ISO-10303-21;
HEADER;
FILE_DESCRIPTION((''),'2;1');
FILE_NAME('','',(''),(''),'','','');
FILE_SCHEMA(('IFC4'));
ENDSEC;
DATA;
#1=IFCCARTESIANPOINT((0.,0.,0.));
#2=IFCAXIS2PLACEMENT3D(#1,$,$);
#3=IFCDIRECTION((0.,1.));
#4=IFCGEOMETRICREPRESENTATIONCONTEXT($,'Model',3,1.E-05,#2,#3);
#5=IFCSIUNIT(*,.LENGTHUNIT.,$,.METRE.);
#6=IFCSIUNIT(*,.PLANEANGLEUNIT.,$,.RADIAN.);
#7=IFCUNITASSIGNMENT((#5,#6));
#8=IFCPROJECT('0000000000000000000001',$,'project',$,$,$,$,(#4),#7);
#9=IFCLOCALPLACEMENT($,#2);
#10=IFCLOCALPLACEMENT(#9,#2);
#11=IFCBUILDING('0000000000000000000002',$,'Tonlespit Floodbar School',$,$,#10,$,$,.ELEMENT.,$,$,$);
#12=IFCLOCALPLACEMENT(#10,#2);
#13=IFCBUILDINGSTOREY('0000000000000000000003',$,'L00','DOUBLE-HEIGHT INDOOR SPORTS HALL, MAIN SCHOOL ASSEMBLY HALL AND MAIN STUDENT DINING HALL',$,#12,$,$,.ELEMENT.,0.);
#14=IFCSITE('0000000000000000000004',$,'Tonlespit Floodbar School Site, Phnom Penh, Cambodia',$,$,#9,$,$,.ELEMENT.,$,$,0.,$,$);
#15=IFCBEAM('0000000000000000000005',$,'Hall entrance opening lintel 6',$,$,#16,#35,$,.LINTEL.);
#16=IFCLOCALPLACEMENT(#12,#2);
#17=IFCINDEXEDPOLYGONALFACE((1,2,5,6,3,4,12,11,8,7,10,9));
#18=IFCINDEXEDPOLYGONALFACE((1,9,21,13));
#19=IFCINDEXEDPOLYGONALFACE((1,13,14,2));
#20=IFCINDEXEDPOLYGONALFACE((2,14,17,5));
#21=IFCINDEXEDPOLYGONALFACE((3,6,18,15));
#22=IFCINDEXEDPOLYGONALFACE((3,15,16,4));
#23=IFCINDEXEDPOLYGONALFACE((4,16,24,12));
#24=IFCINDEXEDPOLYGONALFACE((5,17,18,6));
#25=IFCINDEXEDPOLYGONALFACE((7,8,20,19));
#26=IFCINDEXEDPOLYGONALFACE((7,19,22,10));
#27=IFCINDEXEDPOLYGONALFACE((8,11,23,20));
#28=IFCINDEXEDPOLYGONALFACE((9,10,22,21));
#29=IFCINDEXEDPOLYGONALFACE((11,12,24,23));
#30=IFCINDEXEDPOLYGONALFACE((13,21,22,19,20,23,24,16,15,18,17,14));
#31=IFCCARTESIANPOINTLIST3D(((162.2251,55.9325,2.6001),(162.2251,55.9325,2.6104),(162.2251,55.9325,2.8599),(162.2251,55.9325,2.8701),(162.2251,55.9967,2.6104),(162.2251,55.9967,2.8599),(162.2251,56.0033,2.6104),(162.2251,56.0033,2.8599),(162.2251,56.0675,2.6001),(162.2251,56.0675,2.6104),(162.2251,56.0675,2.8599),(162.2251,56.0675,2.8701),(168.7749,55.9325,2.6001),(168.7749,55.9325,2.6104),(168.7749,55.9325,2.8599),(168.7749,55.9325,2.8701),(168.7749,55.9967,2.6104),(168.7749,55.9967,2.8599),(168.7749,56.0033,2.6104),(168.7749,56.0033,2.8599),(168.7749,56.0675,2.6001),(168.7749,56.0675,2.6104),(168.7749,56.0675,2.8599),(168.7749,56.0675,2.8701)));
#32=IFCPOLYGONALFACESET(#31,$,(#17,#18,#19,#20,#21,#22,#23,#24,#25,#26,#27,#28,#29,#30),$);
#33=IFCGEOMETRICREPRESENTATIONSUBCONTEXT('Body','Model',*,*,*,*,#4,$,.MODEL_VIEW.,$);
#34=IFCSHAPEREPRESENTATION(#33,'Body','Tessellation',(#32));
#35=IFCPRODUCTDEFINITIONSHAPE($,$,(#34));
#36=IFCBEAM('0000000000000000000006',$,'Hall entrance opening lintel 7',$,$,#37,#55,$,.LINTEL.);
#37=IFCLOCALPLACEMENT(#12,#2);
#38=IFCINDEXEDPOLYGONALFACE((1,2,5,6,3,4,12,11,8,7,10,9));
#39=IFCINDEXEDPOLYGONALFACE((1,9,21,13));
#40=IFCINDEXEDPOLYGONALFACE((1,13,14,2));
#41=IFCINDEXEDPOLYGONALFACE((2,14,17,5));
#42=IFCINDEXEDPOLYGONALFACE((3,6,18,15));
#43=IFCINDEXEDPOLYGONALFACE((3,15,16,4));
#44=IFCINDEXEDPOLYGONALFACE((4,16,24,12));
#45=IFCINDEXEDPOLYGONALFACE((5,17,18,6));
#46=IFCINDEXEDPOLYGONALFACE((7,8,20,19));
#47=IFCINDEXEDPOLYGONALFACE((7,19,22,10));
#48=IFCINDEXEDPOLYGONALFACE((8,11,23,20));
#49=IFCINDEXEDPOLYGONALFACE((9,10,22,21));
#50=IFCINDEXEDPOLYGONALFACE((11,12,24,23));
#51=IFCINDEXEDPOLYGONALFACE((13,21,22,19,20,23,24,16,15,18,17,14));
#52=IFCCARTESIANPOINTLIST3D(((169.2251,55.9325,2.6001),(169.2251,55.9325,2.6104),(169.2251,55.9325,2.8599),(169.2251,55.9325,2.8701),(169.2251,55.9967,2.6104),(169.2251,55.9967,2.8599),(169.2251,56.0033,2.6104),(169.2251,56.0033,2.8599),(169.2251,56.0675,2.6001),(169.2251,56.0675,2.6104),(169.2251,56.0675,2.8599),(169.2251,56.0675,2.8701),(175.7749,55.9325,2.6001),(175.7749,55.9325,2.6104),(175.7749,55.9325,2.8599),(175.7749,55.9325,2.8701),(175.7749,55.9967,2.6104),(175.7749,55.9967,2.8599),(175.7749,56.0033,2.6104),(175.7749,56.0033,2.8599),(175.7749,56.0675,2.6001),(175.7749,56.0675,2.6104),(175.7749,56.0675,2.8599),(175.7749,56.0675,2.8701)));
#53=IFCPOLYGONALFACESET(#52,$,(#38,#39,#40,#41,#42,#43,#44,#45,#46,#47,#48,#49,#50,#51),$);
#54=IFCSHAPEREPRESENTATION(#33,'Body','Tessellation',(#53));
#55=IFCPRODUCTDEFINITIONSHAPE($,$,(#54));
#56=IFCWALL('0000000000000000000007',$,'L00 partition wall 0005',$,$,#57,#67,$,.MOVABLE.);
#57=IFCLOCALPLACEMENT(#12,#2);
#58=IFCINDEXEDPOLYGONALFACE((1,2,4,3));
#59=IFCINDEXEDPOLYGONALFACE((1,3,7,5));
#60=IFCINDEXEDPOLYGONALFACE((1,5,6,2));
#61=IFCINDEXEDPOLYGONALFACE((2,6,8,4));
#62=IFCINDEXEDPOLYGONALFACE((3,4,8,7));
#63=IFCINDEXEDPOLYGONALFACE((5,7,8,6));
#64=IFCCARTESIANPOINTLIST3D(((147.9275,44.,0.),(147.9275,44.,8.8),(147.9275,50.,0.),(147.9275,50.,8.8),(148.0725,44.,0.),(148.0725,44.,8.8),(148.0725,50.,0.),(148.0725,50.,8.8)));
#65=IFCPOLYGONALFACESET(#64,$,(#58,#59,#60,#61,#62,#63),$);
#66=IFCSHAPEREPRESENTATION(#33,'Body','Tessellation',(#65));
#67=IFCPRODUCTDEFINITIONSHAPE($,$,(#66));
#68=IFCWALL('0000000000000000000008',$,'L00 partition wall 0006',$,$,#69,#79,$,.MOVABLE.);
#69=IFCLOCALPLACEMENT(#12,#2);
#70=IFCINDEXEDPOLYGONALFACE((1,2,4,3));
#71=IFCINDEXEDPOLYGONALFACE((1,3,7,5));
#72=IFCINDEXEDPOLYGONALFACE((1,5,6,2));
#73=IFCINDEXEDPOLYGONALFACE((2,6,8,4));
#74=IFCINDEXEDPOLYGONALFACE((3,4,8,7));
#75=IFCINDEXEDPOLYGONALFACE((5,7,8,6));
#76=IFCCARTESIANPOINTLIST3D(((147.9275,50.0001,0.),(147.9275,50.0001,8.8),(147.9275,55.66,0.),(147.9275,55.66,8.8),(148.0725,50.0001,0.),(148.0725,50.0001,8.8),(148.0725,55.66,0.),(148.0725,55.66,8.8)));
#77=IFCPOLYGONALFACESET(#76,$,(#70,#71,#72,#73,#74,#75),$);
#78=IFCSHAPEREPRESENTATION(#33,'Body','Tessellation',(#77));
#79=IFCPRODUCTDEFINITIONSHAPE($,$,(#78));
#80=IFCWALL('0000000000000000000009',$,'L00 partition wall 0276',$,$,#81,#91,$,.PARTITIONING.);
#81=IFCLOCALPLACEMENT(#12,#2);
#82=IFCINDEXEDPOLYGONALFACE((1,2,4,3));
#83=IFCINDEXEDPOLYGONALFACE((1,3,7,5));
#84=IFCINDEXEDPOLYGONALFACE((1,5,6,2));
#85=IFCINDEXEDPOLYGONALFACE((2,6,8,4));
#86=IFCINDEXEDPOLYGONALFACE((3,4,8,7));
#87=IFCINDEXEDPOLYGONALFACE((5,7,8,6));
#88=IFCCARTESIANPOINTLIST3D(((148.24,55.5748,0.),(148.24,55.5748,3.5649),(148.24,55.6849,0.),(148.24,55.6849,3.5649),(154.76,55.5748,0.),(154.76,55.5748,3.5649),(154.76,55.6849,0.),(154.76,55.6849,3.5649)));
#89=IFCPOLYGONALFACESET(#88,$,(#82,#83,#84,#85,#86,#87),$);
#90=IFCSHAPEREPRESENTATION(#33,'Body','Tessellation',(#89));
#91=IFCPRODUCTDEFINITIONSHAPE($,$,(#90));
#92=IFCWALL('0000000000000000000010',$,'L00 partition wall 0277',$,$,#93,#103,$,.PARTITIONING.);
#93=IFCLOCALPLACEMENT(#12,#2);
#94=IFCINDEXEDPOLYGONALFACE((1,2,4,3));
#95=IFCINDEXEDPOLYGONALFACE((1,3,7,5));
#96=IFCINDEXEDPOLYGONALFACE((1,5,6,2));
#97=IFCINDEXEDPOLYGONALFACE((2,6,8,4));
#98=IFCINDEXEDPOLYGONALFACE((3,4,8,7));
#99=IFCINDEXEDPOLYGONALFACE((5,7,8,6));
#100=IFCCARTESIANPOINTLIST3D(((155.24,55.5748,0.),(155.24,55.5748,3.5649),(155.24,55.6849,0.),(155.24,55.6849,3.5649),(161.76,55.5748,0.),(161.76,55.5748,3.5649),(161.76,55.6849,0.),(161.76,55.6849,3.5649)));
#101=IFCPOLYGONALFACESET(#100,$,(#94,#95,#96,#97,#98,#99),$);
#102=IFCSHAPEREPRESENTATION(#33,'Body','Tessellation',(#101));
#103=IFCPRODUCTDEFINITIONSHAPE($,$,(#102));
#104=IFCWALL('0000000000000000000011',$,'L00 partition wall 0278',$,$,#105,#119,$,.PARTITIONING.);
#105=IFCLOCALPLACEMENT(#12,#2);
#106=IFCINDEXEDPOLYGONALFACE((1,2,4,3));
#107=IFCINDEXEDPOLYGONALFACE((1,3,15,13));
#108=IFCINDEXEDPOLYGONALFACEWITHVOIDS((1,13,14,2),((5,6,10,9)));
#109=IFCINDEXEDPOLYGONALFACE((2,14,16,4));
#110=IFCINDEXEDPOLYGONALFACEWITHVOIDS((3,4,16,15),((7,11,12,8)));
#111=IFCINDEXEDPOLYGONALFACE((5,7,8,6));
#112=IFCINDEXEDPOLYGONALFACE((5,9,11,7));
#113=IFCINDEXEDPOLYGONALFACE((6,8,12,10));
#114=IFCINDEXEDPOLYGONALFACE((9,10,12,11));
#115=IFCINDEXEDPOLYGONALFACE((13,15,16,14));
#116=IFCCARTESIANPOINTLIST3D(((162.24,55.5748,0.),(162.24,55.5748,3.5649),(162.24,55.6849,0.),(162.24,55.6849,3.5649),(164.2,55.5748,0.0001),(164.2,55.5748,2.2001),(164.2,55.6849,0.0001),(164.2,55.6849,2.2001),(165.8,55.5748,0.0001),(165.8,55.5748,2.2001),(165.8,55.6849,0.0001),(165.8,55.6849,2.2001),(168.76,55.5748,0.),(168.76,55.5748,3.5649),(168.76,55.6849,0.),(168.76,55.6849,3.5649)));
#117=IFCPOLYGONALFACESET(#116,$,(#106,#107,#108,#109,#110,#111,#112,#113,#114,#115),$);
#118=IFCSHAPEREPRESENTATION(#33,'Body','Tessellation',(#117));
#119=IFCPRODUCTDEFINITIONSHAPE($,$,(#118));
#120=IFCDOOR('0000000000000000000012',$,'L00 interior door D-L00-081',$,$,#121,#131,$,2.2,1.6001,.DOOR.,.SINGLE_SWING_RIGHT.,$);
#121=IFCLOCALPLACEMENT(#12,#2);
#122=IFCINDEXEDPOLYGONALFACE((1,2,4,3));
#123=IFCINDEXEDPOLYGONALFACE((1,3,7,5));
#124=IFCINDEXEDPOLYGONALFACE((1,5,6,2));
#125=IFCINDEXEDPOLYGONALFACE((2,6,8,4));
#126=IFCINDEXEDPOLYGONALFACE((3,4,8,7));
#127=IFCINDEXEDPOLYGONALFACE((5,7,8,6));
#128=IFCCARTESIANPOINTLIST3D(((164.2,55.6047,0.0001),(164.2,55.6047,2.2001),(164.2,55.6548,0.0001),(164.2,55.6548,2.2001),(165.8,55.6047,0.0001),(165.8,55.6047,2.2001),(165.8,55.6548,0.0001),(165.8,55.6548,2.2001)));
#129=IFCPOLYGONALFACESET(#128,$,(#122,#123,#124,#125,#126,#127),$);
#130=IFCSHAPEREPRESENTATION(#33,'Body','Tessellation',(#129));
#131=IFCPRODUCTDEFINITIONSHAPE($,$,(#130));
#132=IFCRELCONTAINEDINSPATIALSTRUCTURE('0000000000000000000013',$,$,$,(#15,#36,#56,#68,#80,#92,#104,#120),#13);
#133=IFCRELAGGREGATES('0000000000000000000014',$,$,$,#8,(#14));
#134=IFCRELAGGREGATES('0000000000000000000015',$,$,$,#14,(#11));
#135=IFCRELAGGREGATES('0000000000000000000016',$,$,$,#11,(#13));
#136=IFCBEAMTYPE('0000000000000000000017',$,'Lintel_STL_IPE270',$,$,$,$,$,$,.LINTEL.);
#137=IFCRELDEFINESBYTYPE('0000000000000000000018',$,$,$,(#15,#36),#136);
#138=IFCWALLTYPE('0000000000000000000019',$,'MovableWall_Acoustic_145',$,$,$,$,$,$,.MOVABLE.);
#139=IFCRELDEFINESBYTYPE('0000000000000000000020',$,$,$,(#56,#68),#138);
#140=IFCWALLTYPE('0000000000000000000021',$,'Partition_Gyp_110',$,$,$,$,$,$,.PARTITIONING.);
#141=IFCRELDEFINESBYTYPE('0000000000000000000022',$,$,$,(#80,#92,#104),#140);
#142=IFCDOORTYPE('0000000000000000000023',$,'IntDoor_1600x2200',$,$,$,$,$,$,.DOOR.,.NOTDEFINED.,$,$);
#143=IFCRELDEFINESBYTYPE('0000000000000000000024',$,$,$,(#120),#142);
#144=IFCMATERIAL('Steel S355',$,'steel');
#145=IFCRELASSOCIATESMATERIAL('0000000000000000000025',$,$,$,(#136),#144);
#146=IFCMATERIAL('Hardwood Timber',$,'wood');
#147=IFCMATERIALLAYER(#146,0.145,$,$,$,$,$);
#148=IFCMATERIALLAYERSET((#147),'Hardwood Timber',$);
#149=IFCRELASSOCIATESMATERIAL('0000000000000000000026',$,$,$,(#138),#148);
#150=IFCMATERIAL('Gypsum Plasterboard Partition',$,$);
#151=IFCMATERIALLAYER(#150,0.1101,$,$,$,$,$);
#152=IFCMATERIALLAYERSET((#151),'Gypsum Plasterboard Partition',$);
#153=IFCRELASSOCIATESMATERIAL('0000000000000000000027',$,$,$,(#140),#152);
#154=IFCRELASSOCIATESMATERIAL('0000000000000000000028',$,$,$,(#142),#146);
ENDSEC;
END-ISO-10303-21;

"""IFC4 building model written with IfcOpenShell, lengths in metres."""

from ifc_helpers import new_model, si_unit, direction, frame, frame_2d, origin, origin_2d, place, context, subcontext, project, spatial, rectangle, i_section, extrude, material, layer, layer_set, material_profile, profile_set, type_object, element, fill, save


model = new_model("IFC4")

# Units and contexts
model_context = context("Model", 3, precision=1e-05, world=origin(), true_north=direction((0.0, 1.0)))
body_context = subcontext(model_context, "Body", "Model", "MODEL_VIEW")
ifc_project = project(units=[si_unit("LENGTHUNIT", "METRE"), si_unit("PLANEANGLEUNIT", "RADIAN")], contexts=[model_context])

# Site, building, storey
site_placement = place(None, origin())
site = spatial("IfcSite", under=ifc_project, at=site_placement, Name="Tonlespit Floodbar School Site, Phnom Penh, Cambodia", CompositionType="ELEMENT", RefElevation=0.0)
building_placement = place(site_placement, origin())
building = spatial("IfcBuilding", under=site, at=building_placement, Name="Tonlespit Floodbar School", CompositionType="ELEMENT")
storey_placement = place(building_placement, origin())
storey = spatial("IfcBuildingStorey", under=building, at=storey_placement, Name="L00", Description="DOUBLE-HEIGHT INDOOR SPORTS HALL, MAIN SCHOOL ASSEMBLY HALL AND MAIN STUDENT DINING HALL", CompositionType="ELEMENT", Elevation=0.0)

# Beams
ifc_material_1 = material(Name="Steel S355", Category="steel")
ifc_material_profile_1 = material_profile(ifc_material_1, i_section(OverallWidth=0.135, OverallDepth=0.27, WebThickness=0.0066, FlangeThickness=0.0103, at=origin_2d()), Name="IPE 270")
ifc_profile_set_1 = profile_set([ifc_material_profile_1], Name="Steel S355")
beam_type_1 = type_object("IfcBeamType", Name="Lintel_STL_IPE270", PredefinedType="LINTEL", material=ifc_profile_set_1)
for number, where, z_axis, x_axis, name in (
    (1, (162.2251, 56.0, 2.7351), (1.0, 0.0, 0.0), (0.0, 1.0, 0.0), "Hall entrance opening lintel 6"),
    (2, (169.2251, 56.0, 2.7351), (1.0, 0.0, 0.0), (0.0, 1.0, 0.0), "Hall entrance opening lintel 7"),
):
    element("IfcBeam", number, at=place(storey_placement, frame(where, z_axis=z_axis, x_axis=x_axis)), inside=storey, type_object=beam_type_1, Name=name, PredefinedType="LINTEL", context=body_context, shape_type="SweptSolid", body=[
        extrude(i_section(OverallWidth=0.135, OverallDepth=0.27, WebThickness=0.0066, FlangeThickness=0.0103, at=origin_2d()), origin(), (0.0, 0.0, 1.0), 6.5498),
    ])

# Walls
ifc_material_2 = material(Name="Hardwood Timber", Category="wood")
ifc_layer_1 = layer(ifc_material_2, 0.145)
ifc_layer_set_1 = layer_set([ifc_layer_1], Name="Hardwood Timber")
wall_type_1 = type_object("IfcWallType", Name="MovableWall_Acoustic_145", PredefinedType="MOVABLE", material=ifc_layer_set_1)
wall_1_placement = place(storey_placement, frame((148.0, 44.0, 0.0), z_axis=(0.0, 0.0, 1.0), x_axis=(0.0, 1.0, 0.0)))
element("IfcWall", 3, at=wall_1_placement, inside=storey, type_object=wall_type_1, Name="L00 partition wall 0005", PredefinedType="MOVABLE", context=body_context, shape_type="SweptSolid", body=[
    extrude(rectangle(XDim=6.0, YDim=0.145, at=frame_2d((3.0, 0.0))), origin(), (0.0, 0.0, 1.0), 8.8),
])
wall_2_placement = place(storey_placement, frame((148.0, 50.0, 0.0), z_axis=(0.0, 0.0, 1.0), x_axis=(0.0, 1.0, 0.0)))
element("IfcWall", 4, at=wall_2_placement, inside=storey, type_object=wall_type_1, Name="L00 partition wall 0006", PredefinedType="MOVABLE", context=body_context, shape_type="SweptSolid", body=[
    extrude(rectangle(XDim=5.6599, YDim=0.145, at=frame_2d((2.8301, 0.0))), origin(), (0.0, 0.0, 1.0), 8.8),
])
ifc_material_3 = material(Name="Gypsum Plasterboard Partition")
ifc_layer_2 = layer(ifc_material_3, 0.1101)
ifc_layer_set_2 = layer_set([ifc_layer_2], Name="Gypsum Plasterboard Partition")
wall_type_2 = type_object("IfcWallType", Name="Partition_Gyp_110", PredefinedType="PARTITIONING", material=ifc_layer_set_2)
for number, where, z_axis, x_axis, name in (
    (5, (148.24, 55.6299, 0.0), (0.0, 0.0, 1.0), (1.0, 0.0, 0.0), "L00 partition wall 0276"),
    (6, (155.24, 55.6299, 0.0), (0.0, 0.0, 1.0), (1.0, 0.0, 0.0), "L00 partition wall 0277"),
):
    element("IfcWall", number, at=place(storey_placement, frame(where, z_axis=z_axis, x_axis=x_axis)), inside=storey, type_object=wall_type_2, Name=name, PredefinedType="PARTITIONING", context=body_context, shape_type="SweptSolid", body=[
        extrude(rectangle(XDim=6.52, YDim=0.1101, at=frame_2d((3.26, 0.0))), origin(), (0.0, 0.0, 1.0), 3.5649),
    ])

# Wall, opening, door
wall_3_placement = place(storey_placement, frame((162.24, 55.6299, 0.0), z_axis=(0.0, 0.0, 1.0), x_axis=(1.0, 0.0, 0.0)))
wall_3 = element("IfcWall", 7, at=wall_3_placement, inside=storey, type_object=wall_type_2, Name="L00 partition wall 0278", PredefinedType="PARTITIONING", context=body_context, shape_type="SweptSolid", body=[
    extrude(rectangle(XDim=6.52, YDim=0.1101, at=frame_2d((3.26, 0.0))), origin(), (0.0, 0.0, 1.0), 3.5649),
])
opening_placement = place(wall_3_placement, frame((1.96, 0.0, 0.0)))
opening = element("IfcOpeningElement", 8, at=opening_placement, cuts=wall_3, PredefinedType="OPENING", context=body_context, shape_type="SweptSolid", body=[
    extrude(rectangle(XDim=1.6001, YDim=2.2, at=frame_2d((0.8, 1.1001))), frame((0.0, 0.0649, 0.0), z_axis=(0.0, -1.0, 0.0), x_axis=(1.0, 0.0, 0.0)), (0.0, 0.0, 1.0), 0.1301),
])
door_type = type_object("IfcDoorType", Name="IntDoor_1600x2200", OperationType="NOTDEFINED", PredefinedType="DOOR", material=ifc_material_2)
door_placement = place(opening_placement, origin())
door = element("IfcDoor", 9, at=door_placement, inside=storey, type_object=door_type, Name="L00 interior door D-L00-081", OperationType="SINGLE_SWING_RIGHT", OverallHeight=2.2, OverallWidth=1.6001, PredefinedType="DOOR", context=body_context, shape_type="SweptSolid", body=[
    extrude(rectangle(XDim=1.6001, YDim=2.2, at=frame_2d((0.8, 1.1001))), frame((0.0, 0.0249, 0.0), z_axis=(0.0, -1.0, 0.0), x_axis=(1.0, 0.0, 0.0)), (0.0, 0.0, 1.0), 0.05),
])
fill(opening, door)

save(model, "model.ifc")
